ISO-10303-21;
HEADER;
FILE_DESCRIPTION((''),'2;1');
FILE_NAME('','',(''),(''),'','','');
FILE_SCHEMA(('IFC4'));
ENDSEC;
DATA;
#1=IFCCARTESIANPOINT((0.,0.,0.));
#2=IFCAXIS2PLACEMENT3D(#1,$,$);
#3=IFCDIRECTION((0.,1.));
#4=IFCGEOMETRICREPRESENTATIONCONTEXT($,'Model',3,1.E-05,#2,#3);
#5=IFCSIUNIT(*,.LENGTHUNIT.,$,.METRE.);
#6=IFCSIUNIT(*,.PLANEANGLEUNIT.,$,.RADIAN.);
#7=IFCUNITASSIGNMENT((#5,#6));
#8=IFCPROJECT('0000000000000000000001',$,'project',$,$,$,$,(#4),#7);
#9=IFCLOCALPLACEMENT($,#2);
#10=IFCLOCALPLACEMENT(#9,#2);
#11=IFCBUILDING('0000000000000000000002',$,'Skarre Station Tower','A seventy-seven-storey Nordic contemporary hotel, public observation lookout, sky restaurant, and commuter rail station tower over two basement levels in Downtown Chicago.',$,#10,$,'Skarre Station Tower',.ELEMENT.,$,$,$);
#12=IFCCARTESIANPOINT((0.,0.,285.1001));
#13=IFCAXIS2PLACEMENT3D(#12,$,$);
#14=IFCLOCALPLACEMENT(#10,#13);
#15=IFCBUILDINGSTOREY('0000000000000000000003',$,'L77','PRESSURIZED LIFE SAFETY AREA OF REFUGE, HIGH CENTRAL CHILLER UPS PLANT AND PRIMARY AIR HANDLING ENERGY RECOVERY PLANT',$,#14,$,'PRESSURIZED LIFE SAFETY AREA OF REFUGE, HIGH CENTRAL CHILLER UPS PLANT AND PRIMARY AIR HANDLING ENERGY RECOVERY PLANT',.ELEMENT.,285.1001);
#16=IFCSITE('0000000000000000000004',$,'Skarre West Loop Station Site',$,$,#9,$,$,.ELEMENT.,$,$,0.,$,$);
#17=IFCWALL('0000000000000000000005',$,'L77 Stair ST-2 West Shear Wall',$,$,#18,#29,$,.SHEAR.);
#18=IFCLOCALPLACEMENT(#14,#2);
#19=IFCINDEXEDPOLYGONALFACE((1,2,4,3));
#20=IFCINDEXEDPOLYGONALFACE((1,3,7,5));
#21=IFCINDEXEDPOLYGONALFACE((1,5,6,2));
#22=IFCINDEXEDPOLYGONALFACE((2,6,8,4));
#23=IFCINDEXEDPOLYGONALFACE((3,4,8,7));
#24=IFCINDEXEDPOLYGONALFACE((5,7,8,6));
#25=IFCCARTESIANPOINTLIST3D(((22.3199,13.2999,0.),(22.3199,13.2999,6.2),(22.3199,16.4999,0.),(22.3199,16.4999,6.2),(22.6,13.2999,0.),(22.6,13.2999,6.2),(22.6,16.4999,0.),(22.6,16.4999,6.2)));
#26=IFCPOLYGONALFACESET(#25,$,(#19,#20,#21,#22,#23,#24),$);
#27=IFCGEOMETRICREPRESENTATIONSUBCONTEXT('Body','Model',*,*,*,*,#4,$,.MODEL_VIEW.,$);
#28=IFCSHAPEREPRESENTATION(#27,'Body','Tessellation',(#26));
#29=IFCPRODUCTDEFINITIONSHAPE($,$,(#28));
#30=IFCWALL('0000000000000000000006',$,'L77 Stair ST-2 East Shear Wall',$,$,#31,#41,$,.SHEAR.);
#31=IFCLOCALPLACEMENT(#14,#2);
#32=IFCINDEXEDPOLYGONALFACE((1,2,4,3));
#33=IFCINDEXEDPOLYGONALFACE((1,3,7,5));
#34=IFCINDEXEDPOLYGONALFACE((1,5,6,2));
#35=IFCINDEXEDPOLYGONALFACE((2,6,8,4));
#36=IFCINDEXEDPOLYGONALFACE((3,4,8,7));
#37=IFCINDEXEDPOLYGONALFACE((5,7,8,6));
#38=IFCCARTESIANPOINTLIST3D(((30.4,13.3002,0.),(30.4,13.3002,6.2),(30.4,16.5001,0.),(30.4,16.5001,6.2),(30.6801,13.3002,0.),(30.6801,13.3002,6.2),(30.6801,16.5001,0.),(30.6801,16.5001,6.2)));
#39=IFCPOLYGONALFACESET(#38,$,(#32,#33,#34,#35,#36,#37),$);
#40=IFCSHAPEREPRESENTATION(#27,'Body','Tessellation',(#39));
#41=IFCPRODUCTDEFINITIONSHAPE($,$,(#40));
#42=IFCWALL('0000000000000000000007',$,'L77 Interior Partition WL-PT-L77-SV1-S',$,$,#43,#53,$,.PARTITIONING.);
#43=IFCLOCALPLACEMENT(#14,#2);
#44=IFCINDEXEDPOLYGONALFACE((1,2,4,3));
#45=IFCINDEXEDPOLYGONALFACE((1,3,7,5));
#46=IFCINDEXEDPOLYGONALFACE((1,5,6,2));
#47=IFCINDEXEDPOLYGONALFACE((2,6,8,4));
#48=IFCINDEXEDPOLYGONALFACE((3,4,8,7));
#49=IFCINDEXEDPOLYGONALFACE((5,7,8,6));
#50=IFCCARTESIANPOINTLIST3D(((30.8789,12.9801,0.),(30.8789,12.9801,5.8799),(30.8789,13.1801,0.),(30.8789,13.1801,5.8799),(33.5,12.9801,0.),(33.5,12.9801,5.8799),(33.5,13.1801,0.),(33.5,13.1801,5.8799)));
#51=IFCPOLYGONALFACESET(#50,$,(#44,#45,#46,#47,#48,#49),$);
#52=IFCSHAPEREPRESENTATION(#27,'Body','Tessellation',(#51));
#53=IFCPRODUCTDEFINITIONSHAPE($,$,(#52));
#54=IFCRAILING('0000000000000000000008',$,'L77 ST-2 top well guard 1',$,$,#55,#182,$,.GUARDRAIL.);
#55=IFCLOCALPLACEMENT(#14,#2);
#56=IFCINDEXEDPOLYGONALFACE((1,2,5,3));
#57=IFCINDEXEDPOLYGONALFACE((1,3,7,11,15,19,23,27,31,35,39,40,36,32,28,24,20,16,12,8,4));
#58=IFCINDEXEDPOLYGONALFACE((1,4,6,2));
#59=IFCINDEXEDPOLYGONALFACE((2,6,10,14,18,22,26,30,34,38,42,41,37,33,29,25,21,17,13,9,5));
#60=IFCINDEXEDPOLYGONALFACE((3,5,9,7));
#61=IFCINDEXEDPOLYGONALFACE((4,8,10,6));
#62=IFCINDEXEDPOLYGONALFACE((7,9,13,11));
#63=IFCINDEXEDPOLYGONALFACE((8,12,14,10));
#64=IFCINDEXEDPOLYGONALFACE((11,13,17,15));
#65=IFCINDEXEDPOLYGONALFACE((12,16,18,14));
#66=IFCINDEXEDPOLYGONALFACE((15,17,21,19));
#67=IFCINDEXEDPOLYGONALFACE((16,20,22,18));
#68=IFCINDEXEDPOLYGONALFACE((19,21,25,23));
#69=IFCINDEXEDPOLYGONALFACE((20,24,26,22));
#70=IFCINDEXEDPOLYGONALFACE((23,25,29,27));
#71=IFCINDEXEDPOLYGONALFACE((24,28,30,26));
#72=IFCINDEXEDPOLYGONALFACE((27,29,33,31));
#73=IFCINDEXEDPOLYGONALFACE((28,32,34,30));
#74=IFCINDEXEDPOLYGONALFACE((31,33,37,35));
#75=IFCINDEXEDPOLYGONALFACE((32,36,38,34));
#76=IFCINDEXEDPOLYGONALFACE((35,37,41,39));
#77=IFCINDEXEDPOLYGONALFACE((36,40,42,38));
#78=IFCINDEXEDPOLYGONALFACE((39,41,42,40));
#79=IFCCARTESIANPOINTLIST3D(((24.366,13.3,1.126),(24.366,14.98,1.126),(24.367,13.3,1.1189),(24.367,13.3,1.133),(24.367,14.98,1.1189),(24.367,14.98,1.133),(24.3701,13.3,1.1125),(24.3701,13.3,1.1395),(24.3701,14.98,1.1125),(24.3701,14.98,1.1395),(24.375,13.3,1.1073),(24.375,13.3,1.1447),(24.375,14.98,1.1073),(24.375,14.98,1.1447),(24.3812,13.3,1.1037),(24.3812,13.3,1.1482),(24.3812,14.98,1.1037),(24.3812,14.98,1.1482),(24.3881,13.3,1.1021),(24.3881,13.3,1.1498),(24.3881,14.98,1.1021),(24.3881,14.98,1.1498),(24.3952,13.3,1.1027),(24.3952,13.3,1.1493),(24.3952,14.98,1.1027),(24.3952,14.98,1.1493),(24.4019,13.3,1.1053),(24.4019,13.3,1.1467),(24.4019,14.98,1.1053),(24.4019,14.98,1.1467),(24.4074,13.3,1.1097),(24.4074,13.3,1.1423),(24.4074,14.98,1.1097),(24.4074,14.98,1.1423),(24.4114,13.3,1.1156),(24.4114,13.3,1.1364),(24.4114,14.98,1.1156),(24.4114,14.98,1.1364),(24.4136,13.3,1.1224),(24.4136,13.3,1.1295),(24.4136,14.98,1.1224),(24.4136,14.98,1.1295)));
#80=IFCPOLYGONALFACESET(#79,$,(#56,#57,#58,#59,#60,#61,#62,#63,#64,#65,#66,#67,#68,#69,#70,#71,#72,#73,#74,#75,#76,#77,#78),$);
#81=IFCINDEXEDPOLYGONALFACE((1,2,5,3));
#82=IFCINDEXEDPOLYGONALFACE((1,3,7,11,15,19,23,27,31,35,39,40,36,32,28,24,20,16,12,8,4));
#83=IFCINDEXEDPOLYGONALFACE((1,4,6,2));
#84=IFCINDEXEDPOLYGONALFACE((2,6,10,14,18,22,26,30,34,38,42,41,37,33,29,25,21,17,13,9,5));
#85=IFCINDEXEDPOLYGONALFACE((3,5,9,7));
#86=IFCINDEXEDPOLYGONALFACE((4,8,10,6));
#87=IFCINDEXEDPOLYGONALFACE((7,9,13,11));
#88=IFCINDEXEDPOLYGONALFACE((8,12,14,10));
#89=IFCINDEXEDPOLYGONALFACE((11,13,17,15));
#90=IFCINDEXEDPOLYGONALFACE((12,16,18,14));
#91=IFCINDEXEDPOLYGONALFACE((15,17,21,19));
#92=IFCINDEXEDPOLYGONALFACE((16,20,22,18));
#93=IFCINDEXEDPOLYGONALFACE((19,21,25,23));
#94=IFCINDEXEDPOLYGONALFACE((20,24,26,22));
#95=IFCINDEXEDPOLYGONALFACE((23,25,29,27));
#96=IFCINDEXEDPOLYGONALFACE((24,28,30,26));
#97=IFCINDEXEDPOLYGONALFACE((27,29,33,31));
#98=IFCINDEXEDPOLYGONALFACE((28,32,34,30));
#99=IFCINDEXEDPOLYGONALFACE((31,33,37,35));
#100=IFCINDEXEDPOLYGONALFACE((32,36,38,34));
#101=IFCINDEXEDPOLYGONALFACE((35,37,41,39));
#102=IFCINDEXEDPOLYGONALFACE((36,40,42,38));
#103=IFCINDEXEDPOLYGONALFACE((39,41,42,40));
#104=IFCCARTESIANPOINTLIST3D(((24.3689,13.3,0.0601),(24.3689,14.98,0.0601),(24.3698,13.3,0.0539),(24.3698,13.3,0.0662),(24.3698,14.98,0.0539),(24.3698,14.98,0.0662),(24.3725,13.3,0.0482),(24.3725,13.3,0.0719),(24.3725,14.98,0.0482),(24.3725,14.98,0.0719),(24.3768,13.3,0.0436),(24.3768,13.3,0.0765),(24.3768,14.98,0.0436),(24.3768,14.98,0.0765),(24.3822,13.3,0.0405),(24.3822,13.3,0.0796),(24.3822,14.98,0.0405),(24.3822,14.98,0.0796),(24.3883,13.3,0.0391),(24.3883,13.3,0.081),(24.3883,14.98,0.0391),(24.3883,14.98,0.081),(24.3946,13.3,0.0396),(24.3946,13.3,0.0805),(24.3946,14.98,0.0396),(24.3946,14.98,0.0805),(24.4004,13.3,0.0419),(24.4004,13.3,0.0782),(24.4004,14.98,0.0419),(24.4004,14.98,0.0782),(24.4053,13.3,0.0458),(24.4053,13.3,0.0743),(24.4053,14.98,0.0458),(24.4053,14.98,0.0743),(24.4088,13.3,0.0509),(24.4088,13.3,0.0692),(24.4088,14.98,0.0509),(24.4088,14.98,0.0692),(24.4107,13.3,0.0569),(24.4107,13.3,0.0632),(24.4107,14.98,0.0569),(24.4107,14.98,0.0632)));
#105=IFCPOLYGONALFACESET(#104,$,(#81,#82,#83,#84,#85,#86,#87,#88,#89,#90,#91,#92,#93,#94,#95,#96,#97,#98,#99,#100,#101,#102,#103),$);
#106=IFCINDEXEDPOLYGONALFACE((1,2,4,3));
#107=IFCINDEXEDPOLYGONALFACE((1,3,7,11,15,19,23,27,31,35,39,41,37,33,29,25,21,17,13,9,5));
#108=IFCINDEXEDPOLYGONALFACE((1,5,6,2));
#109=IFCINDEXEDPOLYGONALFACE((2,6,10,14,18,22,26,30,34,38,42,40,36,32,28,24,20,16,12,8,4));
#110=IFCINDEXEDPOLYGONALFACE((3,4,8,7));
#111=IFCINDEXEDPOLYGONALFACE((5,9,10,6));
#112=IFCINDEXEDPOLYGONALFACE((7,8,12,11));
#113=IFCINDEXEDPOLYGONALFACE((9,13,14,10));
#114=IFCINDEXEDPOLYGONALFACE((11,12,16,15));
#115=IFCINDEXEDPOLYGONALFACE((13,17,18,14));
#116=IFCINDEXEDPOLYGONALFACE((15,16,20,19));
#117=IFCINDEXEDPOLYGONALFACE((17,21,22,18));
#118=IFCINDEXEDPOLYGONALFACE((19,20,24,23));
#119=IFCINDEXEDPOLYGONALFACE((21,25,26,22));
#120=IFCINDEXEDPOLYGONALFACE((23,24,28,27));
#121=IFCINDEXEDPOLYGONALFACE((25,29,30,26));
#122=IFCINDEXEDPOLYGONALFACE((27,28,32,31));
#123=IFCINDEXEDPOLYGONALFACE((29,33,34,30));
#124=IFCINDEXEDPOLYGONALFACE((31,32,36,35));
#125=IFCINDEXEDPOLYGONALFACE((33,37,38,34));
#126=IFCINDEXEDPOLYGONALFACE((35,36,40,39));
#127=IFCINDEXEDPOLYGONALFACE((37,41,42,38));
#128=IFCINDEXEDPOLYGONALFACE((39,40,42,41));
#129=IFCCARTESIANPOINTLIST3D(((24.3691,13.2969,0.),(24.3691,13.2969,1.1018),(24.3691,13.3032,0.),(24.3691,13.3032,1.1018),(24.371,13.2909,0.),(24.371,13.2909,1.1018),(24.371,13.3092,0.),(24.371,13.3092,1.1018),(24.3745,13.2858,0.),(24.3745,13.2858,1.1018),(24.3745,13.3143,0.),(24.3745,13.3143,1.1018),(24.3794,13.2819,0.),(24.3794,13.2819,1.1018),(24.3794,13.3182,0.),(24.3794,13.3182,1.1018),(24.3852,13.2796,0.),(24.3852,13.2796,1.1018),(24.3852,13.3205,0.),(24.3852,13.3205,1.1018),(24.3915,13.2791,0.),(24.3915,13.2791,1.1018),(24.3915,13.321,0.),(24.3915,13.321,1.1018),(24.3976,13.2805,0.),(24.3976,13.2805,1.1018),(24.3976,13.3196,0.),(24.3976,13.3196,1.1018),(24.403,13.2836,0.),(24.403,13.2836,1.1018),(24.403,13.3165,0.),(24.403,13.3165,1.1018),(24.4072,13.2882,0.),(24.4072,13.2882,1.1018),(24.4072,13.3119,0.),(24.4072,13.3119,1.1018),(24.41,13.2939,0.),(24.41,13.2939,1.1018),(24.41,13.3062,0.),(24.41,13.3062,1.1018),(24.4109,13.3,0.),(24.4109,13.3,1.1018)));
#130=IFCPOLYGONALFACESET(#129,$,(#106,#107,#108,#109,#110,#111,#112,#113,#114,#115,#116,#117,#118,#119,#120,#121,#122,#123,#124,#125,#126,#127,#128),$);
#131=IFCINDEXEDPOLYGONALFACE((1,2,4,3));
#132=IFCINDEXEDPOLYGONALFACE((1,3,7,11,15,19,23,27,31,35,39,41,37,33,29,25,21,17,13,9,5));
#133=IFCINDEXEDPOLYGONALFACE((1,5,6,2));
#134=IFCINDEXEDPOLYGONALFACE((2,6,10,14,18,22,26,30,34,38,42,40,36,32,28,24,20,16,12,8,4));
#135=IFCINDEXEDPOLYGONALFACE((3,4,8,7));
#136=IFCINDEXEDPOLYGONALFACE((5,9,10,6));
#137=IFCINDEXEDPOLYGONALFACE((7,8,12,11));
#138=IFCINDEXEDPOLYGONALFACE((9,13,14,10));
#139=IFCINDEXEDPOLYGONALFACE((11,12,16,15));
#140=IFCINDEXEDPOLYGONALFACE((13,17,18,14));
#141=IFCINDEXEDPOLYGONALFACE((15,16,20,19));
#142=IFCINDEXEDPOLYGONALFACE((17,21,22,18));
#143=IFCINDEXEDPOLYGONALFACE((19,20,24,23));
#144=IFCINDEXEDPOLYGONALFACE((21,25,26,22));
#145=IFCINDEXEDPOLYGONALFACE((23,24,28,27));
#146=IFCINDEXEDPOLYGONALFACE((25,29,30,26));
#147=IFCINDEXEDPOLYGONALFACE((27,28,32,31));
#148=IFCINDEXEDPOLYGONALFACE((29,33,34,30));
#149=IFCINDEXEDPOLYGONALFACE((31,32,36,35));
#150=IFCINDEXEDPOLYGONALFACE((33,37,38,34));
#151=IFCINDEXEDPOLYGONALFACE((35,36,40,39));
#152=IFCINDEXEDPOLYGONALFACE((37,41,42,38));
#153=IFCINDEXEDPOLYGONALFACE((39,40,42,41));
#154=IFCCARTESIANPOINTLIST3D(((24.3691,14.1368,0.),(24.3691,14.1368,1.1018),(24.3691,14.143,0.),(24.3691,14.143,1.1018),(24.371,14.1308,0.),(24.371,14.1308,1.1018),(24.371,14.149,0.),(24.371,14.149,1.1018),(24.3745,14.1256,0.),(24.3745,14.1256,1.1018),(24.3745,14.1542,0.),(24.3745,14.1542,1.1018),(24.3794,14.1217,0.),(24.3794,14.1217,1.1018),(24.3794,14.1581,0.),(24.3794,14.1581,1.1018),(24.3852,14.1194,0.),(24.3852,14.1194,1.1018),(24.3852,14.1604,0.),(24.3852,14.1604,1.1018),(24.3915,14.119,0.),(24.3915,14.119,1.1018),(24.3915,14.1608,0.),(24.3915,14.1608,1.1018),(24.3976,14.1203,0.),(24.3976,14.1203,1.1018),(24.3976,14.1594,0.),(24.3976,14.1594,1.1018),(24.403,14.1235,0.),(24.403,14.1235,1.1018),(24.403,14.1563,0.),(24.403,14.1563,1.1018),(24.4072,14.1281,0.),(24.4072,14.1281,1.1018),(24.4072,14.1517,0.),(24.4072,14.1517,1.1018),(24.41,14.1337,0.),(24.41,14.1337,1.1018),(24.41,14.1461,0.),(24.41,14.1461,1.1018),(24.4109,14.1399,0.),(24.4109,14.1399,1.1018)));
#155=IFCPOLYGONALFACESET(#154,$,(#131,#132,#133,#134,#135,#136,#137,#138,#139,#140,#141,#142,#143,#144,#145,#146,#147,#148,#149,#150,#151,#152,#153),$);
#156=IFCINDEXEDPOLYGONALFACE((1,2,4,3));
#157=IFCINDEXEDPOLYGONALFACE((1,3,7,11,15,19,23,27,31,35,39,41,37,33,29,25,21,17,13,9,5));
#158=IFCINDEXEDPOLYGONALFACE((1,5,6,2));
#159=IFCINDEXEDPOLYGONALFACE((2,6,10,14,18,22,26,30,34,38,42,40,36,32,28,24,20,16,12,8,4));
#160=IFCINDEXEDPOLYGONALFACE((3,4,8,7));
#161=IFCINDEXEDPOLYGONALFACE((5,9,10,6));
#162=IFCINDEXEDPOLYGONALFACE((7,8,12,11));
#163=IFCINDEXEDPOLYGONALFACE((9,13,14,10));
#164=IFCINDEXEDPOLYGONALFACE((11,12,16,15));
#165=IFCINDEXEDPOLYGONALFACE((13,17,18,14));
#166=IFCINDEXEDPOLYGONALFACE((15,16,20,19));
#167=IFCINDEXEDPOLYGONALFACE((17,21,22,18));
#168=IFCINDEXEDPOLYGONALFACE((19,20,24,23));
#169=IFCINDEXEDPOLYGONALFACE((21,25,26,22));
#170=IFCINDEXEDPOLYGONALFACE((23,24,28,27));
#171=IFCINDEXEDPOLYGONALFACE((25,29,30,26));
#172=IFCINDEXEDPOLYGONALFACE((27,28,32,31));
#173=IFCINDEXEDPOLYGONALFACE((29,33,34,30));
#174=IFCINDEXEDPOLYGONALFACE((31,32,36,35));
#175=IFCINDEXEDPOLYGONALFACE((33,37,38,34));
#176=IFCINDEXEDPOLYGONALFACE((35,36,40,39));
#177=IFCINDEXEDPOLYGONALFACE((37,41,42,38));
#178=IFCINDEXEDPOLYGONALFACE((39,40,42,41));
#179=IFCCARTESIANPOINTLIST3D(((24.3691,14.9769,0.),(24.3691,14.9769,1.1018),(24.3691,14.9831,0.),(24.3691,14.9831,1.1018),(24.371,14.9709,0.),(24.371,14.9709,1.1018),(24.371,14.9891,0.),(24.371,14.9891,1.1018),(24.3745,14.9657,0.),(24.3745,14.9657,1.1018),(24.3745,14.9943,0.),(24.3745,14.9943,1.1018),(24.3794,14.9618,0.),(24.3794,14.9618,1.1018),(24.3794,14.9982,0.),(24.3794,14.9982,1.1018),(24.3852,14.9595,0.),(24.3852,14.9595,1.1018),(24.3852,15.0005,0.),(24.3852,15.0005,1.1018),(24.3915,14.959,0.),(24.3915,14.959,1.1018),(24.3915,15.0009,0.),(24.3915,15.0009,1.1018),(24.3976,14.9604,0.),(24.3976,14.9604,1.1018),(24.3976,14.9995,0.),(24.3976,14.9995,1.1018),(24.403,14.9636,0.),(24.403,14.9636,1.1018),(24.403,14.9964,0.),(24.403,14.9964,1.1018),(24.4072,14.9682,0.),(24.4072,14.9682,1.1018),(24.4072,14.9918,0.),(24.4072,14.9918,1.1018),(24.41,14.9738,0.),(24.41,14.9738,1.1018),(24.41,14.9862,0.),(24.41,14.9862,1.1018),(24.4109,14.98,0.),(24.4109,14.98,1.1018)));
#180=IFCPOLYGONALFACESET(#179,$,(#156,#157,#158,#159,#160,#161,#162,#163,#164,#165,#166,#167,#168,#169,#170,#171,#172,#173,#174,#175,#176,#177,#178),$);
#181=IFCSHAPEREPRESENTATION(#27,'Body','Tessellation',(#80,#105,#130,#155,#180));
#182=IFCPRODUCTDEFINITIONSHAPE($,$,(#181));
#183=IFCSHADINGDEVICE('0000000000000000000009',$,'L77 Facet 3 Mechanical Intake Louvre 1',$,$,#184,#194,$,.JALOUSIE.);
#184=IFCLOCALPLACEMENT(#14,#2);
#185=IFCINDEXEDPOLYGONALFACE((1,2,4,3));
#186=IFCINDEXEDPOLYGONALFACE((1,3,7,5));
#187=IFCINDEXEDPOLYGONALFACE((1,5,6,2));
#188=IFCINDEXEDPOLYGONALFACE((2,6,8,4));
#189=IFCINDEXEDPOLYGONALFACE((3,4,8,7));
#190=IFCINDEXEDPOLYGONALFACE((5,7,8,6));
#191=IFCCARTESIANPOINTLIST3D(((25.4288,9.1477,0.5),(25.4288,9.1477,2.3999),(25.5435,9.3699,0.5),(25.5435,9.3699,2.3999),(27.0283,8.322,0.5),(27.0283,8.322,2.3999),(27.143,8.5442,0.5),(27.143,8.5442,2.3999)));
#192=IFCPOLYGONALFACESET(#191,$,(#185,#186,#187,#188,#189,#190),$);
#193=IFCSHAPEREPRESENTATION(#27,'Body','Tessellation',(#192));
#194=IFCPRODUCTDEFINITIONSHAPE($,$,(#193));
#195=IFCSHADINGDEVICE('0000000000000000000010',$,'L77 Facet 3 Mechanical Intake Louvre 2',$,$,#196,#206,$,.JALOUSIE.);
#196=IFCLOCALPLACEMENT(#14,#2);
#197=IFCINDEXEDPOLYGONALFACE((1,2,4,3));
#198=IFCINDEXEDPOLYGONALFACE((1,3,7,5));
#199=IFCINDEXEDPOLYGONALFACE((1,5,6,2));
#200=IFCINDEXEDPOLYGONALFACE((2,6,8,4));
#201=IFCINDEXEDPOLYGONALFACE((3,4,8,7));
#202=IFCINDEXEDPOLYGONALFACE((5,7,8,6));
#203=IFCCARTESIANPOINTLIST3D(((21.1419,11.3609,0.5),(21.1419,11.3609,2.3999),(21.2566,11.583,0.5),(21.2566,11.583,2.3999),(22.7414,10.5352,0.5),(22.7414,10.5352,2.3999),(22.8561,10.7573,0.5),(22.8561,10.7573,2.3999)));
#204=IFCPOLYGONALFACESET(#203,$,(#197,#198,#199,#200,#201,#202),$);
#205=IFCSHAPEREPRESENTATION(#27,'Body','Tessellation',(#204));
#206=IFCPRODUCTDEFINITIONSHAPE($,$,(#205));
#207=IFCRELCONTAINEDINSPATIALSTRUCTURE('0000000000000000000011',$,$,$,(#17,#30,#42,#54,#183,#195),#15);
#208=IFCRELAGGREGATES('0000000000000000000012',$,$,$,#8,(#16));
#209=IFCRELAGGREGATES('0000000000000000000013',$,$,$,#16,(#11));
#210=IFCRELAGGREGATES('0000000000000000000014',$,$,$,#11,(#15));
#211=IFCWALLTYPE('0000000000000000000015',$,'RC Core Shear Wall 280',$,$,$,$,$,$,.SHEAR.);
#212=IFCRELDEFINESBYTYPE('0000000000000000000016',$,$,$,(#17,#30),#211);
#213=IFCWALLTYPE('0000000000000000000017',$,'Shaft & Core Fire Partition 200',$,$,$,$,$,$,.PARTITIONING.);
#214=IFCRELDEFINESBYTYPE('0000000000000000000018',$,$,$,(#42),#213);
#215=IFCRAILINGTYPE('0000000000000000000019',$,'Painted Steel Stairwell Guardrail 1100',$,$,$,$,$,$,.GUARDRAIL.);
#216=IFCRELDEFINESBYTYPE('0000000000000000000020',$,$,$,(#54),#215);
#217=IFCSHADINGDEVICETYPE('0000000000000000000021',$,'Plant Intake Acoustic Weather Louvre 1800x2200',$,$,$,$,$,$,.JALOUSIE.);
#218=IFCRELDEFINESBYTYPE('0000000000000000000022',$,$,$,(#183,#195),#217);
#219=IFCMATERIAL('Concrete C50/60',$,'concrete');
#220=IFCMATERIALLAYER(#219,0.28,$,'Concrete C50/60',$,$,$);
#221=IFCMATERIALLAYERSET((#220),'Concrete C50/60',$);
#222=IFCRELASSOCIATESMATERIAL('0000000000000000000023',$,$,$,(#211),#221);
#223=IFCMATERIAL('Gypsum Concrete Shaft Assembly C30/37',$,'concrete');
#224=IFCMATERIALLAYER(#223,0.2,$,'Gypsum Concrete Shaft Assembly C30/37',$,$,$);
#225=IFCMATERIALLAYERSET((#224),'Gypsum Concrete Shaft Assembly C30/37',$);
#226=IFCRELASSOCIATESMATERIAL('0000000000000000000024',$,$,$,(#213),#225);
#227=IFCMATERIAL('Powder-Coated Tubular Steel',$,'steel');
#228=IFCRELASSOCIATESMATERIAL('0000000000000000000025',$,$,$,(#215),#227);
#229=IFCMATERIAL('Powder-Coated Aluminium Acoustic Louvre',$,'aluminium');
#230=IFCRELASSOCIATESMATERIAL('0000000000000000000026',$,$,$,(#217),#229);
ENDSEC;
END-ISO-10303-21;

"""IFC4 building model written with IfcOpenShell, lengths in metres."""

from ifc_helpers import new_model, si_unit, direction, frame, frame_2d, origin, origin_2d, place, context, subcontext, project, spatial, rectangle, circle, extrude, material, layer, layer_set, type_object, element, save


model = new_model("IFC4")

# Units and contexts
model_context = context("Model", 3, precision=1e-05, world=origin(), true_north=direction((0.0, 1.0)))
body_context = subcontext(model_context, "Body", "Model", "MODEL_VIEW")
ifc_project = project(units=[si_unit("LENGTHUNIT", "METRE"), si_unit("PLANEANGLEUNIT", "RADIAN")], contexts=[model_context])

# Site, building, storey
site_placement = place(None, origin())
site = spatial("IfcSite", under=ifc_project, at=site_placement, Name="Skarre West Loop Station Site", CompositionType="ELEMENT", RefElevation=0.0)
building_placement = place(site_placement, origin())
building = spatial("IfcBuilding", under=site, at=building_placement, Name="Skarre Station Tower", Description="A seventy-seven-storey Nordic contemporary hotel, public observation lookout, sky restaurant, and commuter rail station tower over two basement levels in Downtown Chicago.", LongName="Skarre Station Tower", CompositionType="ELEMENT")
storey_placement = place(building_placement, frame((0.0, 0.0, 285.1001)))
storey = spatial("IfcBuildingStorey", under=building, at=storey_placement, Name="L77", Description="PRESSURIZED LIFE SAFETY AREA OF REFUGE, HIGH CENTRAL CHILLER UPS PLANT AND PRIMARY AIR HANDLING ENERGY RECOVERY PLANT", LongName="PRESSURIZED LIFE SAFETY AREA OF REFUGE, HIGH CENTRAL CHILLER UPS PLANT AND PRIMARY AIR HANDLING ENERGY RECOVERY PLANT", CompositionType="ELEMENT", Elevation=285.1001)

# Shared definitions
ifc_material_1 = material(Name="Concrete C50/60", Category="concrete")

# Shared definitions
ifc_layer_1 = layer(ifc_material_1, 0.28, Name="Concrete C50/60")
ifc_layer_set_1 = layer_set([ifc_layer_1], Name="Concrete C50/60")
wall_type_1 = type_object("IfcWallType", Name="RC Core Shear Wall 280", PredefinedType="SHEAR", material=ifc_layer_set_1)

# Walls
for number, where, z_axis, x_axis, name in (
    (1, (22.46, 16.5, 0.0), (0.0, 0.0, 1.0), (0.0, -1.0, 0.0), "L77 Stair ST-2 West Shear Wall"),
    (2, (30.54, 13.3, 0.0), (0.0, 0.0, 1.0), (0.0, 1.0, 0.0), "L77 Stair ST-2 East Shear Wall"),
):
    element("IfcWall", number, at=place(storey_placement, frame(where, z_axis=z_axis, x_axis=x_axis)), inside=storey, type_object=wall_type_1, Name=name, PredefinedType="SHEAR", context=body_context, shape_type="SweptSolid", body=[
        extrude(rectangle(XDim=3.2, YDim=0.28, at=frame_2d((1.6001, 0.0))), origin(), (0.0, 0.0, 1.0), 6.2),
    ])
ifc_material_2 = material(Name="Gypsum Concrete Shaft Assembly C30/37", Category="concrete")
ifc_layer_2 = layer(ifc_material_2, 0.2, Name="Gypsum Concrete Shaft Assembly C30/37")
ifc_layer_set_2 = layer_set([ifc_layer_2], Name="Gypsum Concrete Shaft Assembly C30/37")
wall_type_2 = type_object("IfcWallType", Name="Shaft & Core Fire Partition 200", PredefinedType="PARTITIONING", material=ifc_layer_set_2)
wall_1_placement = place(storey_placement, frame((30.8789, 13.0801, 0.0), z_axis=(0.0, 0.0, 1.0), x_axis=(1.0, 0.0, 0.0)))
element("IfcWall", 3, at=wall_1_placement, inside=storey, type_object=wall_type_2, Name="L77 Interior Partition WL-PT-L77-SV1-S", PredefinedType="PARTITIONING", context=body_context, shape_type="SweptSolid", body=[
    extrude(rectangle(XDim=2.6211, YDim=0.2, at=frame_2d((1.3105, 0.0))), origin(), (0.0, 0.0, 1.0), 5.8799),
])

# Railing
ifc_material_3 = material(Name="Powder-Coated Tubular Steel", Category="steel")
railing_type = type_object("IfcRailingType", Name="Painted Steel Stairwell Guardrail 1100", PredefinedType="GUARDRAIL", material=ifc_material_3)
railing_placement = place(storey_placement, frame((24.3899, 13.3, 0.0)))
element("IfcRailing", 4, at=railing_placement, inside=storey, type_object=railing_type, Name="L77 ST-2 top well guard 1", PredefinedType="GUARDRAIL", context=body_context, shape_type="SweptSolid", body=[
    extrude(circle(Radius=0.0239, at=origin_2d()), frame((0.0, 0.0, 1.126), z_axis=(0.0, 1.0, 0.0), x_axis=(-1.0, 0.0, 0.0)), (0.0, 0.0, 1.0), 1.6799),
    extrude(circle(Radius=0.021, at=origin_2d()), frame((0.0, 0.0, 0.0601), z_axis=(0.0, 1.0, 0.0), x_axis=(-1.0, 0.0, 0.0)), (0.0, 0.0, 1.0), 1.6799),
    extrude(circle(Radius=0.021, at=origin_2d()), origin(), (0.0, 0.0, 1.0), 1.1018),
    extrude(circle(Radius=0.021, at=origin_2d()), frame((0.0, 0.8398, 0.0)), (0.0, 0.0, 1.0), 1.1018),
    extrude(circle(Radius=0.021, at=origin_2d()), frame((0.0, 1.6799, 0.0)), (0.0, 0.0, 1.0), 1.1018),
])

# Shading devices
ifc_material_4 = material(Name="Powder-Coated Aluminium Acoustic Louvre", Category="aluminium")
shading_device_type = type_object("IfcShadingDeviceType", Name="Plant Intake Acoustic Weather Louvre 1800x2200", PredefinedType="JALOUSIE", material=ifc_material_4)
for number, where, z_axis, x_axis, name in (
    (5, (26.2859, 8.8459, 0.5), (0.0, 0.0, 1.0), (-0.458712, -0.888585, 0.0), "L77 Facet 3 Mechanical Intake Louvre 1"),
    (6, (21.999, 11.0591, 0.5), (0.0, 0.0, 1.0), (-0.458712, -0.888585, 0.0), "L77 Facet 3 Mechanical Intake Louvre 2"),
):
    element("IfcShadingDevice", number, at=place(storey_placement, frame(where, z_axis=z_axis, x_axis=x_axis)), inside=storey, type_object=shading_device_type, Name=name, PredefinedType="JALOUSIE", context=body_context, shape_type="SweptSolid", body=[
        extrude(rectangle(XDim=0.25, YDim=1.8, at=origin_2d()), origin(), (0.0, 0.0, 1.0), 1.8999),
    ])

save(model, "model.ifc")
